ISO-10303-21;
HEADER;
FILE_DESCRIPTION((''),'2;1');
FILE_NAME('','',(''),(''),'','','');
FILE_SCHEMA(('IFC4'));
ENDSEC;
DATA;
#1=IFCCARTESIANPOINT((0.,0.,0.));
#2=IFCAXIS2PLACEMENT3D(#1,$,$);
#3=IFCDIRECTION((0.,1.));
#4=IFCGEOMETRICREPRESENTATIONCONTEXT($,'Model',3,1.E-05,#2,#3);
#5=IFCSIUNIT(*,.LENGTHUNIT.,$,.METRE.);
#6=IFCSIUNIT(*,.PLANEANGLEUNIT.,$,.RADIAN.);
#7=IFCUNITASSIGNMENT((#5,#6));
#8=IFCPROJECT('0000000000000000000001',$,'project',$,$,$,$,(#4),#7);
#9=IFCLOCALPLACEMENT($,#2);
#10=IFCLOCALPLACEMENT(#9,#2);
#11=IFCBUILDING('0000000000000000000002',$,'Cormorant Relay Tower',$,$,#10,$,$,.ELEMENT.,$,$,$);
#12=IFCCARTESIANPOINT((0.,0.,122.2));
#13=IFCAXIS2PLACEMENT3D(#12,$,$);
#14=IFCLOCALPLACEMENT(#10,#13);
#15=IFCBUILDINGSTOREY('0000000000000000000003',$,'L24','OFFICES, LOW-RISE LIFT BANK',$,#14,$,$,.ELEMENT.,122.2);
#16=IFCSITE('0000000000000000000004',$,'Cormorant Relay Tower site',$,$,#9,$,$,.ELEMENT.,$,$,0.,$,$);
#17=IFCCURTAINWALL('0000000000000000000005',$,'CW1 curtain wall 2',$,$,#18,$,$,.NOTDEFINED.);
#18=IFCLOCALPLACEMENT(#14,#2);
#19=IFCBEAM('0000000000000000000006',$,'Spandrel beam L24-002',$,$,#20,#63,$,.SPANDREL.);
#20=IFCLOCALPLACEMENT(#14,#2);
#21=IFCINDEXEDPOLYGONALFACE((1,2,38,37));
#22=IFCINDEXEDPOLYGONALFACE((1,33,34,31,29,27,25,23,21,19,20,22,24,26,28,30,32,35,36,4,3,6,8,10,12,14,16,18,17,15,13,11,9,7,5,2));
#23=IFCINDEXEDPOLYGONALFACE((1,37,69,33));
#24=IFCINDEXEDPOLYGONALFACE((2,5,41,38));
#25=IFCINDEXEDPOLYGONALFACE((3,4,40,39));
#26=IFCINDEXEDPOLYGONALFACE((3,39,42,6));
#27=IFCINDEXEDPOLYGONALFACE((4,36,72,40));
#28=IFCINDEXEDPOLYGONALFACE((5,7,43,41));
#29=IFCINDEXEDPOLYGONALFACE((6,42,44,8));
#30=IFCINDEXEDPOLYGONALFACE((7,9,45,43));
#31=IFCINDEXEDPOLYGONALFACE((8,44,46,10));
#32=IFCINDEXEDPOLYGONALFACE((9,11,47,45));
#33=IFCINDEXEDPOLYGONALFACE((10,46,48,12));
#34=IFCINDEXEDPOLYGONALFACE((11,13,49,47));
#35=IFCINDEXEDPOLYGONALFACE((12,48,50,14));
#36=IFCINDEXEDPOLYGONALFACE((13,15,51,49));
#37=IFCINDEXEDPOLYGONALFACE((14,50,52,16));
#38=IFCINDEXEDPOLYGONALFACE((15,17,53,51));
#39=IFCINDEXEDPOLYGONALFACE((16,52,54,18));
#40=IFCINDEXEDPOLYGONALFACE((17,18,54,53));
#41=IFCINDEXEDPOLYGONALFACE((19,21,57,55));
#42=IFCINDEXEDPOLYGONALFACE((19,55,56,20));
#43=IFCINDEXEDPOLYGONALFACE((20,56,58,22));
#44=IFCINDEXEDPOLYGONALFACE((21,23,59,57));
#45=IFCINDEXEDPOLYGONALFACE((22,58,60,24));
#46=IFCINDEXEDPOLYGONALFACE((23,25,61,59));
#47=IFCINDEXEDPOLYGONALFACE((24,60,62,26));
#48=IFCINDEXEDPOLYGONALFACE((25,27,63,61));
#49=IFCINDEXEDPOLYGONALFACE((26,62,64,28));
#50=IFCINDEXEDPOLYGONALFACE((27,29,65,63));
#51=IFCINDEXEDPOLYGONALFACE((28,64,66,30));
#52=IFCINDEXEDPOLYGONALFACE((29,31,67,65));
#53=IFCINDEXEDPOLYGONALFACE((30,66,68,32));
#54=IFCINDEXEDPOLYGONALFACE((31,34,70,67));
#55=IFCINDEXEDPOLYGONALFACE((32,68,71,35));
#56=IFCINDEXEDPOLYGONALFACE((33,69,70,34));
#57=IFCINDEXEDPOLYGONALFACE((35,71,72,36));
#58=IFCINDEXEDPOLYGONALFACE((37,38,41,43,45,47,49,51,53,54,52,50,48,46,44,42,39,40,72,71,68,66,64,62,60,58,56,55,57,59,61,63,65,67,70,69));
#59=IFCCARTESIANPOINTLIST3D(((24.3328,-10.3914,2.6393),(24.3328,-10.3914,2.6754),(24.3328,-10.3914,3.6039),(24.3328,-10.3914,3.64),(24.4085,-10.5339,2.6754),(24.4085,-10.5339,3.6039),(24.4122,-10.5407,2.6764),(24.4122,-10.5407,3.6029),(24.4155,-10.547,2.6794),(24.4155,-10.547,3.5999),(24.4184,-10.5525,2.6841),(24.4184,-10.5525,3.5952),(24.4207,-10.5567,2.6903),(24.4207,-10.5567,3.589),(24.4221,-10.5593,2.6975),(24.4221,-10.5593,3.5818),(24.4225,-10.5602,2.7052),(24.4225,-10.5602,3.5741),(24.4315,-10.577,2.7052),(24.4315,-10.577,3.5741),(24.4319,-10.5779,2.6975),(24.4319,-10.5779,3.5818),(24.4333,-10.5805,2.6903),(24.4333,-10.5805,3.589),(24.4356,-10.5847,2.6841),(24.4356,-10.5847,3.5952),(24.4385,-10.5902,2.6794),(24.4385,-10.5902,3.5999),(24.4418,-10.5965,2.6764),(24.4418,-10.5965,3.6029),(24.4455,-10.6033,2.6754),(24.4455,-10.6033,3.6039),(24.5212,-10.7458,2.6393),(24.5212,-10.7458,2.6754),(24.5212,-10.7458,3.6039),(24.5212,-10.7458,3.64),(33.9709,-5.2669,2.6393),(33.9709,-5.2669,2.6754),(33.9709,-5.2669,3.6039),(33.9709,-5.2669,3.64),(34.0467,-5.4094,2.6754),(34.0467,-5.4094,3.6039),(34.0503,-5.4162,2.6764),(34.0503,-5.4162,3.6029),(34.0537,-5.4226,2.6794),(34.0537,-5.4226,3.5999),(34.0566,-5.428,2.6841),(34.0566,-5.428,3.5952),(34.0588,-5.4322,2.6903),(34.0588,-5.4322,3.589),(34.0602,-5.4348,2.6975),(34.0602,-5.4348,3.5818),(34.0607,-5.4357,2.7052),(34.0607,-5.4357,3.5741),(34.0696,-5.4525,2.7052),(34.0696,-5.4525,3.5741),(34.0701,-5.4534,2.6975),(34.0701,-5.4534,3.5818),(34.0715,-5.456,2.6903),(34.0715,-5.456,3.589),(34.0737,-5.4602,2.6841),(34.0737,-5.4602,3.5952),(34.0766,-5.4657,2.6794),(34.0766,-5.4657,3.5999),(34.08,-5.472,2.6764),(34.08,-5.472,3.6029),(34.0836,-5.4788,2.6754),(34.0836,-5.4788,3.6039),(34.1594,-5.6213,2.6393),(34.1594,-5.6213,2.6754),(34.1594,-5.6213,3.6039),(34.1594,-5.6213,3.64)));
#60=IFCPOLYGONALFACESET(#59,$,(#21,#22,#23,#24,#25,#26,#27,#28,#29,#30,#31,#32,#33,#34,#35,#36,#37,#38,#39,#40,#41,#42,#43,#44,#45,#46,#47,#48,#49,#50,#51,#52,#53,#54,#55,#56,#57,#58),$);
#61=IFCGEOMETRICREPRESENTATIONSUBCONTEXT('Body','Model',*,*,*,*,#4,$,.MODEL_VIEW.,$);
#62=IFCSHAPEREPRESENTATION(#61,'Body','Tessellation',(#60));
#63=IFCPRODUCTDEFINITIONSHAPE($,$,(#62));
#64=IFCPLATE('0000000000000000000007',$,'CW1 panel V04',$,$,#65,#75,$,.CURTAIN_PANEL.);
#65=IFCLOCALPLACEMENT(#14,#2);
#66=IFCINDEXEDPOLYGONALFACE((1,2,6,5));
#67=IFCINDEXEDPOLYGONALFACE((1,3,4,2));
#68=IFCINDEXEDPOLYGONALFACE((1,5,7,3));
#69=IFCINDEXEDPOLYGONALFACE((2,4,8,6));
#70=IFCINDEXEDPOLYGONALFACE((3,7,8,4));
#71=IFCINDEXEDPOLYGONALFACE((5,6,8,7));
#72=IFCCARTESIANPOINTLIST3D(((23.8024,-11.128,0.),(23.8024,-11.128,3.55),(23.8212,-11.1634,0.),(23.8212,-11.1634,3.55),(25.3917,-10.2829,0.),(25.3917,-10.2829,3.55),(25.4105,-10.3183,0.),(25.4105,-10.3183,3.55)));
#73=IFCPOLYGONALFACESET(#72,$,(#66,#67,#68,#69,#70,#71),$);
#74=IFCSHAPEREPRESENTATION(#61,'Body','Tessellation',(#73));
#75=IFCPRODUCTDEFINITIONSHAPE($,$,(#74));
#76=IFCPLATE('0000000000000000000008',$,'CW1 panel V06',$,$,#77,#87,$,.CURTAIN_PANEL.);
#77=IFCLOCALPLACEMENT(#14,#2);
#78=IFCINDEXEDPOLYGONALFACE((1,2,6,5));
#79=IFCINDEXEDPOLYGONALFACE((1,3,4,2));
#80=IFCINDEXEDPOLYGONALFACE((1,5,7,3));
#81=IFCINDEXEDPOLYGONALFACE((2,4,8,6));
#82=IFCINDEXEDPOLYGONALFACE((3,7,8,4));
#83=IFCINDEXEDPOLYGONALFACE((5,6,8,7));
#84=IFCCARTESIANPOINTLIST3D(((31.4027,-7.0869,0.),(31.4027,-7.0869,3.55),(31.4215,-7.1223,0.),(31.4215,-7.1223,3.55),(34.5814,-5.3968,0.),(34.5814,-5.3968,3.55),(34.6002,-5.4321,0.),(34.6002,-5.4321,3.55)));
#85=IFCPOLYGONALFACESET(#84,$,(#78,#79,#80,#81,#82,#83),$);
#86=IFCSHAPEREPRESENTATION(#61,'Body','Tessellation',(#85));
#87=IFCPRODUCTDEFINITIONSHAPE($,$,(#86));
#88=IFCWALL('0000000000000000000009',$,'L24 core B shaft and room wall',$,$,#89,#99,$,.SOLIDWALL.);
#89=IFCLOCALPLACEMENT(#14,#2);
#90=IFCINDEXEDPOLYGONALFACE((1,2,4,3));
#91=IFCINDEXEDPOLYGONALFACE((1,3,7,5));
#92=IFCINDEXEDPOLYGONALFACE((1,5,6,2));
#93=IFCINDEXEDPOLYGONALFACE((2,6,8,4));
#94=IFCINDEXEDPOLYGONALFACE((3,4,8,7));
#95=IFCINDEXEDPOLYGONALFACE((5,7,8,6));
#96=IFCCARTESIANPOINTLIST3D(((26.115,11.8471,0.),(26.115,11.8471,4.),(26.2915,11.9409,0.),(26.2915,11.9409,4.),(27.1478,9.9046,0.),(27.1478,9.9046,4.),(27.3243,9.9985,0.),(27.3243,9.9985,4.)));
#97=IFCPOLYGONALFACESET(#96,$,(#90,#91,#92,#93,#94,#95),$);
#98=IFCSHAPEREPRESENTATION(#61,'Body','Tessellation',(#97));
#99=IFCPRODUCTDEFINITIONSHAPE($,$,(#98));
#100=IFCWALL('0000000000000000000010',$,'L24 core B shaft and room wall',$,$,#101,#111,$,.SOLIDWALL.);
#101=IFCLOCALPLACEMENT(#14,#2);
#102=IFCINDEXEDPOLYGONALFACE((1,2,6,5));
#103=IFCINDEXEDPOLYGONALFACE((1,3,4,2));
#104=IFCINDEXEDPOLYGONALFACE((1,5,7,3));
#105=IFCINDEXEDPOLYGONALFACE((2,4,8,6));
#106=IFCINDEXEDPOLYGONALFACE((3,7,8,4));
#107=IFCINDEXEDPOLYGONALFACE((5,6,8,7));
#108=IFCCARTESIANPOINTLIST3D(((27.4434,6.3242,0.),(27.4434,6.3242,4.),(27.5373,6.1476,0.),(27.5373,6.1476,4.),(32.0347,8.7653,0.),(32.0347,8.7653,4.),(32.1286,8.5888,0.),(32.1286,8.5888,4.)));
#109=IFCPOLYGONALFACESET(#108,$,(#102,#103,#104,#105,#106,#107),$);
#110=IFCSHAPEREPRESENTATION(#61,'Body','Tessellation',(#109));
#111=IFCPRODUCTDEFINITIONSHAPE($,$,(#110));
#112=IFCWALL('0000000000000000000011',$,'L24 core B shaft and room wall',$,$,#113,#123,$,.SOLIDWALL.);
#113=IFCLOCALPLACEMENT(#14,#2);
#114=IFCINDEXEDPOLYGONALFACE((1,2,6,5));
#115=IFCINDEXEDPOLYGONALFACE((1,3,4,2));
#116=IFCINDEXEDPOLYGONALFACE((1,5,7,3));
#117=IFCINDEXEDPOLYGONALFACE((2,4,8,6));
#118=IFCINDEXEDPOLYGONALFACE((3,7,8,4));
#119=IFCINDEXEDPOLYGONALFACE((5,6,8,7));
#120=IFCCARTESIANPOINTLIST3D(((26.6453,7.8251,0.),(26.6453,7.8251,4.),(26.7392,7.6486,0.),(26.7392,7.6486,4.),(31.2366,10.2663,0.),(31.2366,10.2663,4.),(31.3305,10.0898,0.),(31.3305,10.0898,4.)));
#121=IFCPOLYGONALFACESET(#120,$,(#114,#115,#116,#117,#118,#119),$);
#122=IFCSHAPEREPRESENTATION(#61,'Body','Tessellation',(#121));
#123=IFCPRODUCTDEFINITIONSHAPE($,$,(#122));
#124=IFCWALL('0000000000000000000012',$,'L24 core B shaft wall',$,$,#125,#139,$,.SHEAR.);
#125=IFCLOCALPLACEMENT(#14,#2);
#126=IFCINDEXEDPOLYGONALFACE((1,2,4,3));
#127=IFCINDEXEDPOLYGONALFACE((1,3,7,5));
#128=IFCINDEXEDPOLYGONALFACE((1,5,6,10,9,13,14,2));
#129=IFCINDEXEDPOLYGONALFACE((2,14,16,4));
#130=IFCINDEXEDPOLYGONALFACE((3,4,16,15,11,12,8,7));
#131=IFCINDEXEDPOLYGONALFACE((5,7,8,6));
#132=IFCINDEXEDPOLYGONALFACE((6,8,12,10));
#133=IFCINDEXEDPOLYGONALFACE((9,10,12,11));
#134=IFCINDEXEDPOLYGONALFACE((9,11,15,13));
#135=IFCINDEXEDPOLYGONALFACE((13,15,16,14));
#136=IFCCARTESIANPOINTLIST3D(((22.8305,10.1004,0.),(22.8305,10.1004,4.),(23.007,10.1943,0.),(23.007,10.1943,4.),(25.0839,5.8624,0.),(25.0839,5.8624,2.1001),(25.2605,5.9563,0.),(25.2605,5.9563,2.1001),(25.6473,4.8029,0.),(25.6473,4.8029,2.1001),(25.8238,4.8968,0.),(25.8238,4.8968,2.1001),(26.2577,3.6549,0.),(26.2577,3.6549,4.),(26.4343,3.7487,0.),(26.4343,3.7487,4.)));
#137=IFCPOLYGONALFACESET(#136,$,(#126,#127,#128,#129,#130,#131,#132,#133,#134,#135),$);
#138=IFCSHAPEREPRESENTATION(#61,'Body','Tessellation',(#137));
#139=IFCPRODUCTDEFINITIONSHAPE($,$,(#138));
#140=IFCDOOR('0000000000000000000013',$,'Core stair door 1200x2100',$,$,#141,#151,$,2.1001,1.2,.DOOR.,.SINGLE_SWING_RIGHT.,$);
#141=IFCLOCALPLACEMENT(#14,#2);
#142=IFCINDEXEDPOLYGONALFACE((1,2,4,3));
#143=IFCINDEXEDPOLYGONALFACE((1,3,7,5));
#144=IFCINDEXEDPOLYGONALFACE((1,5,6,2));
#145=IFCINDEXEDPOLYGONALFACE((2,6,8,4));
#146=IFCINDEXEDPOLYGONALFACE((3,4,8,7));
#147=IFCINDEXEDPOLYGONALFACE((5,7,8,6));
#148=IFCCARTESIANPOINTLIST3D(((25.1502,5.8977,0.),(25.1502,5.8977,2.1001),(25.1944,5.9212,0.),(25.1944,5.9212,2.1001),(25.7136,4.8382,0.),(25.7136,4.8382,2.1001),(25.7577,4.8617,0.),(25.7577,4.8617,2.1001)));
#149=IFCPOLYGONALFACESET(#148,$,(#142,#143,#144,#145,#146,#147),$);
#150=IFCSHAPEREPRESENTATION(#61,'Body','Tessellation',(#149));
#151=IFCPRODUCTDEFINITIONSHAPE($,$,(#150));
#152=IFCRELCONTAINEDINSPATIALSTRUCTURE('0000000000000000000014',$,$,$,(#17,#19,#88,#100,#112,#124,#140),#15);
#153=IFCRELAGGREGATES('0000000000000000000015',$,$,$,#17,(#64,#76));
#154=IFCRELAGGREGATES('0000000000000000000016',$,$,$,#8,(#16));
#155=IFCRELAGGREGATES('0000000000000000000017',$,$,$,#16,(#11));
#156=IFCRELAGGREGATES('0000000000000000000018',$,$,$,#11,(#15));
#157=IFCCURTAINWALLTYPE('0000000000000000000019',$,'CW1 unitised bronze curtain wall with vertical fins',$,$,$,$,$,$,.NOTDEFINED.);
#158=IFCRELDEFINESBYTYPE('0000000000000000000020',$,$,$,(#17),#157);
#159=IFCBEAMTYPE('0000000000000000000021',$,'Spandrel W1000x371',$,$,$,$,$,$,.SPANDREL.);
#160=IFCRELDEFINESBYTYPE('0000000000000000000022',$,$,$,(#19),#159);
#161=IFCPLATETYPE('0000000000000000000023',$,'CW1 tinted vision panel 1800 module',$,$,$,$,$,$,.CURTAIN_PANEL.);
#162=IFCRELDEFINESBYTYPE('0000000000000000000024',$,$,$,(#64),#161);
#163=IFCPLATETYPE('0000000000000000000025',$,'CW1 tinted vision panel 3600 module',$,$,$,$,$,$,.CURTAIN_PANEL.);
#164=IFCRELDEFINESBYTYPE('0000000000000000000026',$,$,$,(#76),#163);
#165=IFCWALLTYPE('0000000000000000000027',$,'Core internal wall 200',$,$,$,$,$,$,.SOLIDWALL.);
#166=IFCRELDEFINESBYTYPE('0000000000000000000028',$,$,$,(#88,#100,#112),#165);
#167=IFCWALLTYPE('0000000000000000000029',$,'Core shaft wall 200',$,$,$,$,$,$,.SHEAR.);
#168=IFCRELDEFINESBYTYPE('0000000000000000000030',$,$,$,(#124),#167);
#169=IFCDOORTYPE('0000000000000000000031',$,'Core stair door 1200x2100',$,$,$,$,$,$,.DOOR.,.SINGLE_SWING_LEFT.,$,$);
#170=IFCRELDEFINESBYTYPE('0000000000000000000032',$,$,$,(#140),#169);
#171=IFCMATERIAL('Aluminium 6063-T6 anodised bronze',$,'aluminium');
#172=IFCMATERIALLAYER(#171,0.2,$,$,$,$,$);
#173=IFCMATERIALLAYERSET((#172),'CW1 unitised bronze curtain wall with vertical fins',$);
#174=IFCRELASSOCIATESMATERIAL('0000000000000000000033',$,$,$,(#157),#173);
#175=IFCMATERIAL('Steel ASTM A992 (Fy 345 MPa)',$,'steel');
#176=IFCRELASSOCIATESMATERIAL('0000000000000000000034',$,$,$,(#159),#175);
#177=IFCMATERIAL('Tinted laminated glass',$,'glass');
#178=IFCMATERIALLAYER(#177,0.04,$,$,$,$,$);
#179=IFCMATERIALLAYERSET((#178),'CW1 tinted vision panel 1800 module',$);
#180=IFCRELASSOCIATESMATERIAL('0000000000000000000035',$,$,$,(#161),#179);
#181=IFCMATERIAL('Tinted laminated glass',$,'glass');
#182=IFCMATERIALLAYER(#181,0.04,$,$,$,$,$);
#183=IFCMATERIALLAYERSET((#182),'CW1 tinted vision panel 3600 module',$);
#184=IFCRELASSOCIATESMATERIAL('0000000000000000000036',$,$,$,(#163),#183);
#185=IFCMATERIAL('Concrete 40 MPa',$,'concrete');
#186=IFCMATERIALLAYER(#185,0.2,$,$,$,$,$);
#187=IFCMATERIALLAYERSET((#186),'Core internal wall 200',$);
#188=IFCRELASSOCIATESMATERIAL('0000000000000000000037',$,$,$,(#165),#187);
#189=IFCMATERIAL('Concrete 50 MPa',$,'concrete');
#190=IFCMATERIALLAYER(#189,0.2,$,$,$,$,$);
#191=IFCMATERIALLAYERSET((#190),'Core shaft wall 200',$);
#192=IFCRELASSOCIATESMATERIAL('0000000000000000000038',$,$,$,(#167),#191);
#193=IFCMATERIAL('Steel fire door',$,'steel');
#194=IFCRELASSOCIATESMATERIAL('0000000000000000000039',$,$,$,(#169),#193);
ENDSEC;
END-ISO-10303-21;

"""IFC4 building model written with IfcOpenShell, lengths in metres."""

from ifc_helpers import new_model, si_unit, direction, frame, frame_2d, origin, origin_2d, place, context, subcontext, project, spatial, rectangle, i_section, extrude, material, layer, layer_set, material_profile, profile_set, type_object, element, fill, aggregate, save


model = new_model("IFC4")

# Units and contexts
model_context = context("Model", 3, precision=1e-05, world=origin(), true_north=direction((0.0, 1.0)))
body_context = subcontext(model_context, "Body", "Model", "MODEL_VIEW")
ifc_project = project(units=[si_unit("LENGTHUNIT", "METRE"), si_unit("PLANEANGLEUNIT", "RADIAN")], contexts=[model_context])

# Site, building, storey
site_placement = place(None, origin())
site = spatial("IfcSite", under=ifc_project, at=site_placement, Name="Cormorant Relay Tower site", CompositionType="ELEMENT", RefElevation=0.0)
building_placement = place(site_placement, origin())
building = spatial("IfcBuilding", under=site, at=building_placement, Name="Cormorant Relay Tower", CompositionType="ELEMENT")
storey_placement = place(building_placement, frame((0.0, 0.0, 122.2)))
storey = spatial("IfcBuildingStorey", under=building, at=storey_placement, Name="L24", Description="OFFICES, LOW-RISE LIFT BANK", CompositionType="ELEMENT", Elevation=122.2)

# Curtain wall
ifc_material_1 = material(Name="Aluminium 6063-T6 anodised bronze", Category="aluminium")
ifc_layer_1 = layer(ifc_material_1, 0.2)
ifc_layer_set_1 = layer_set([ifc_layer_1], Name="CW1 unitised bronze curtain wall with vertical fins")
curtain_wall_type = type_object("IfcCurtainWallType", Name="CW1 unitised bronze curtain wall with vertical fins", PredefinedType="NOTDEFINED", material=ifc_layer_set_1)
curtain_wall_1_placement = place(storey_placement, origin())
curtain_wall_1 = element("IfcCurtainWall", 1, at=curtain_wall_1_placement, inside=storey, type_object=curtain_wall_type, Name="CW1 curtain wall 2", PredefinedType="NOTDEFINED")

# Beam
ifc_material_2 = material(Name="Steel ASTM A992 (Fy 345 MPa)", Category="steel")
ifc_material_profile_1 = material_profile(ifc_material_2, i_section(OverallWidth=0.4014, OverallDepth=1.0007, WebThickness=0.019, FlangeThickness=0.0361, FilletRadius=0.0298, at=origin_2d()), Name="W1000x371")
ifc_profile_set_1 = profile_set([ifc_material_profile_1], Name="Steel ASTM A992 (Fy 345 MPa)")
beam_type = type_object("IfcBeamType", Name="Spandrel W1000x371", PredefinedType="SPANDREL", material=ifc_profile_set_1)
beam_placement = place(storey_placement, frame((24.427, -10.5686, 3.1396), z_axis=(0.882955, 0.469457, 0.0), x_axis=(-0.469457, 0.882955, 0.0)))
element("IfcBeam", 2, at=beam_placement, inside=storey, type_object=beam_type, Name="Spandrel beam L24-002", PredefinedType="SPANDREL", context=body_context, shape_type="SweptSolid", body=[
    extrude(i_section(OverallWidth=0.4014, OverallDepth=1.0007, WebThickness=0.019, FlangeThickness=0.0361, FilletRadius=0.0298, at=origin_2d()), origin(), (0.0, 0.0, 1.0), 10.9158),
])

# Plates
ifc_material_3 = material(Name="Tinted laminated glass", Category="glass")
ifc_layer_2 = layer(ifc_material_3, 0.04)
ifc_layer_set_2 = layer_set([ifc_layer_2], Name="CW1 tinted vision panel 1800 module")
plate_type_1 = type_object("IfcPlateType", Name="CW1 tinted vision panel 1800 module", PredefinedType="CURTAIN_PANEL", material=ifc_layer_set_2)
plate_1_placement = place(storey_placement, frame((24.6064, -10.7231, 0.0), z_axis=(0.0, 0.0, 1.0), x_axis=(0.882948, 0.469472, 0.0)))
plate_1 = element("IfcPlate", 3, at=plate_1_placement, type_object=plate_type_1, Name="CW1 panel V04", PredefinedType="CURTAIN_PANEL", context=body_context, shape_type="SweptSolid", body=[
    extrude(rectangle(XDim=1.8, YDim=0.04, at=origin_2d()), origin(), (0.0, 0.0, 1.0), 3.55),
])
ifc_material_4 = material(Name="Tinted laminated glass", Category="glass")
ifc_layer_3 = layer(ifc_material_4, 0.04)
ifc_layer_set_3 = layer_set([ifc_layer_3], Name="CW1 tinted vision panel 3600 module")
plate_type_2 = type_object("IfcPlateType", Name="CW1 tinted vision panel 3600 module", PredefinedType="CURTAIN_PANEL", material=ifc_layer_set_3)
plate_2_placement = place(storey_placement, frame((33.0015, -6.2595, 0.0), z_axis=(0.0, 0.0, 1.0), x_axis=(0.882948, 0.469472, 0.0)))
plate_2 = element("IfcPlate", 4, at=plate_2_placement, type_object=plate_type_2, Name="CW1 panel V06", PredefinedType="CURTAIN_PANEL", context=body_context, shape_type="SweptSolid", body=[
    extrude(rectangle(XDim=3.6001, YDim=0.04, at=origin_2d()), origin(), (0.0, 0.0, 1.0), 3.55),
])

# Walls
ifc_material_5 = material(Name="Concrete 40 MPa", Category="concrete")
ifc_layer_4 = layer(ifc_material_5, 0.2)
ifc_layer_set_4 = layer_set([ifc_layer_4], Name="Core internal wall 200")
wall_type_1 = type_object("IfcWallType", Name="Core internal wall 200", PredefinedType="SOLIDWALL", material=ifc_layer_set_4)
wall_1_placement = place(storey_placement, frame((27.2361, 9.9514, 0.0), z_axis=(0.0, 0.0, 1.0), x_axis=(-0.469447, 0.88296, 0.0)))
element("IfcWall", 5, at=wall_1_placement, inside=storey, type_object=wall_type_1, Name="L24 core B shaft and room wall", PredefinedType="SOLIDWALL", context=body_context, shape_type="SweptSolid", body=[
    extrude(rectangle(XDim=2.2, YDim=0.2, at=frame_2d((1.1001, 0.0))), origin(), (0.0, 0.0, 1.0), 4.0),
])
for number, where, z_axis, x_axis, name in (
    (6, (27.4902, 6.2358, 0.0), (0.0, 0.0, 1.0), (0.882954, 0.46946, 0.0), "L24 core B shaft and room wall"),
    (7, (26.6921, 7.7368, 0.0), (0.0, 0.0, 1.0), (0.882954, 0.46946, 0.0), "L24 core B shaft and room wall"),
):
    element("IfcWall", number, at=place(storey_placement, frame(where, z_axis=z_axis, x_axis=x_axis)), inside=storey, type_object=wall_type_1, Name=name, PredefinedType="SOLIDWALL", context=body_context, shape_type="SweptSolid", body=[
        extrude(rectangle(XDim=5.2, YDim=0.2, at=frame_2d((2.6001, 0.0))), origin(), (0.0, 0.0, 1.0), 4.0),
    ])

# Wall, opening, door
ifc_material_6 = material(Name="Concrete 50 MPa", Category="concrete")
ifc_layer_5 = layer(ifc_material_6, 0.2)
ifc_layer_set_5 = layer_set([ifc_layer_5], Name="Core shaft wall 200")
wall_type_2 = type_object("IfcWallType", Name="Core shaft wall 200", PredefinedType="SHEAR", material=ifc_layer_set_5)
wall_2_placement = place(storey_placement, frame((26.3459, 3.7019, 0.0), z_axis=(0.0, 0.0, 1.0), x_axis=(-0.46948, 0.882943, 0.0)))
wall_2 = element("IfcWall", 8, at=wall_2_placement, inside=storey, type_object=wall_type_2, Name="L24 core B shaft wall", PredefinedType="SHEAR", context=body_context, shape_type="SweptSolid", body=[
    extrude(rectangle(XDim=7.3, YDim=0.2, at=frame_2d((3.6499, 0.0))), origin(), (0.0, 0.0, 1.0), 4.0),
])
opening_1_placement = place(wall_2_placement, frame((1.3, 0.0, 0.0)))
opening_1 = element("IfcOpeningElement", 9, at=opening_1_placement, cuts=wall_2, PredefinedType="OPENING", context=body_context, shape_type="SweptSolid", body=[
    extrude(rectangle(XDim=1.2, YDim=2.1001, at=frame_2d((0.6001, 1.05))), frame((0.0, 0.1099, 0.0), z_axis=(0.0, -1.0, 0.0), x_axis=(1.0, 0.0, 0.0)), (0.0, 0.0, 1.0), 0.22),
])
ifc_material_7 = material(Name="Steel fire door", Category="steel")
door_type_1 = type_object("IfcDoorType", Name="Core stair door 1200x2100", OperationType="SINGLE_SWING_LEFT", PredefinedType="DOOR", material=ifc_material_7)
door_1_placement = place(opening_1_placement, origin())
door_1 = element("IfcDoor", 10, at=door_1_placement, inside=storey, type_object=door_type_1, Name="Core stair door 1200x2100", OperationType="SINGLE_SWING_RIGHT", OverallHeight=2.1001, OverallWidth=1.2, PredefinedType="DOOR", context=body_context, shape_type="SweptSolid", body=[
    extrude(rectangle(XDim=1.2, YDim=2.1001, at=frame_2d((0.6001, 1.05))), frame((0.0, 0.0249, 0.0), z_axis=(0.0, -1.0, 0.0), x_axis=(1.0, 0.0, 0.0)), (0.0, 0.0, 1.0), 0.05),
])
fill(opening_1, door_1)

aggregate(curtain_wall_1, [plate_1, plate_2])

save(model, "model.ifc")
